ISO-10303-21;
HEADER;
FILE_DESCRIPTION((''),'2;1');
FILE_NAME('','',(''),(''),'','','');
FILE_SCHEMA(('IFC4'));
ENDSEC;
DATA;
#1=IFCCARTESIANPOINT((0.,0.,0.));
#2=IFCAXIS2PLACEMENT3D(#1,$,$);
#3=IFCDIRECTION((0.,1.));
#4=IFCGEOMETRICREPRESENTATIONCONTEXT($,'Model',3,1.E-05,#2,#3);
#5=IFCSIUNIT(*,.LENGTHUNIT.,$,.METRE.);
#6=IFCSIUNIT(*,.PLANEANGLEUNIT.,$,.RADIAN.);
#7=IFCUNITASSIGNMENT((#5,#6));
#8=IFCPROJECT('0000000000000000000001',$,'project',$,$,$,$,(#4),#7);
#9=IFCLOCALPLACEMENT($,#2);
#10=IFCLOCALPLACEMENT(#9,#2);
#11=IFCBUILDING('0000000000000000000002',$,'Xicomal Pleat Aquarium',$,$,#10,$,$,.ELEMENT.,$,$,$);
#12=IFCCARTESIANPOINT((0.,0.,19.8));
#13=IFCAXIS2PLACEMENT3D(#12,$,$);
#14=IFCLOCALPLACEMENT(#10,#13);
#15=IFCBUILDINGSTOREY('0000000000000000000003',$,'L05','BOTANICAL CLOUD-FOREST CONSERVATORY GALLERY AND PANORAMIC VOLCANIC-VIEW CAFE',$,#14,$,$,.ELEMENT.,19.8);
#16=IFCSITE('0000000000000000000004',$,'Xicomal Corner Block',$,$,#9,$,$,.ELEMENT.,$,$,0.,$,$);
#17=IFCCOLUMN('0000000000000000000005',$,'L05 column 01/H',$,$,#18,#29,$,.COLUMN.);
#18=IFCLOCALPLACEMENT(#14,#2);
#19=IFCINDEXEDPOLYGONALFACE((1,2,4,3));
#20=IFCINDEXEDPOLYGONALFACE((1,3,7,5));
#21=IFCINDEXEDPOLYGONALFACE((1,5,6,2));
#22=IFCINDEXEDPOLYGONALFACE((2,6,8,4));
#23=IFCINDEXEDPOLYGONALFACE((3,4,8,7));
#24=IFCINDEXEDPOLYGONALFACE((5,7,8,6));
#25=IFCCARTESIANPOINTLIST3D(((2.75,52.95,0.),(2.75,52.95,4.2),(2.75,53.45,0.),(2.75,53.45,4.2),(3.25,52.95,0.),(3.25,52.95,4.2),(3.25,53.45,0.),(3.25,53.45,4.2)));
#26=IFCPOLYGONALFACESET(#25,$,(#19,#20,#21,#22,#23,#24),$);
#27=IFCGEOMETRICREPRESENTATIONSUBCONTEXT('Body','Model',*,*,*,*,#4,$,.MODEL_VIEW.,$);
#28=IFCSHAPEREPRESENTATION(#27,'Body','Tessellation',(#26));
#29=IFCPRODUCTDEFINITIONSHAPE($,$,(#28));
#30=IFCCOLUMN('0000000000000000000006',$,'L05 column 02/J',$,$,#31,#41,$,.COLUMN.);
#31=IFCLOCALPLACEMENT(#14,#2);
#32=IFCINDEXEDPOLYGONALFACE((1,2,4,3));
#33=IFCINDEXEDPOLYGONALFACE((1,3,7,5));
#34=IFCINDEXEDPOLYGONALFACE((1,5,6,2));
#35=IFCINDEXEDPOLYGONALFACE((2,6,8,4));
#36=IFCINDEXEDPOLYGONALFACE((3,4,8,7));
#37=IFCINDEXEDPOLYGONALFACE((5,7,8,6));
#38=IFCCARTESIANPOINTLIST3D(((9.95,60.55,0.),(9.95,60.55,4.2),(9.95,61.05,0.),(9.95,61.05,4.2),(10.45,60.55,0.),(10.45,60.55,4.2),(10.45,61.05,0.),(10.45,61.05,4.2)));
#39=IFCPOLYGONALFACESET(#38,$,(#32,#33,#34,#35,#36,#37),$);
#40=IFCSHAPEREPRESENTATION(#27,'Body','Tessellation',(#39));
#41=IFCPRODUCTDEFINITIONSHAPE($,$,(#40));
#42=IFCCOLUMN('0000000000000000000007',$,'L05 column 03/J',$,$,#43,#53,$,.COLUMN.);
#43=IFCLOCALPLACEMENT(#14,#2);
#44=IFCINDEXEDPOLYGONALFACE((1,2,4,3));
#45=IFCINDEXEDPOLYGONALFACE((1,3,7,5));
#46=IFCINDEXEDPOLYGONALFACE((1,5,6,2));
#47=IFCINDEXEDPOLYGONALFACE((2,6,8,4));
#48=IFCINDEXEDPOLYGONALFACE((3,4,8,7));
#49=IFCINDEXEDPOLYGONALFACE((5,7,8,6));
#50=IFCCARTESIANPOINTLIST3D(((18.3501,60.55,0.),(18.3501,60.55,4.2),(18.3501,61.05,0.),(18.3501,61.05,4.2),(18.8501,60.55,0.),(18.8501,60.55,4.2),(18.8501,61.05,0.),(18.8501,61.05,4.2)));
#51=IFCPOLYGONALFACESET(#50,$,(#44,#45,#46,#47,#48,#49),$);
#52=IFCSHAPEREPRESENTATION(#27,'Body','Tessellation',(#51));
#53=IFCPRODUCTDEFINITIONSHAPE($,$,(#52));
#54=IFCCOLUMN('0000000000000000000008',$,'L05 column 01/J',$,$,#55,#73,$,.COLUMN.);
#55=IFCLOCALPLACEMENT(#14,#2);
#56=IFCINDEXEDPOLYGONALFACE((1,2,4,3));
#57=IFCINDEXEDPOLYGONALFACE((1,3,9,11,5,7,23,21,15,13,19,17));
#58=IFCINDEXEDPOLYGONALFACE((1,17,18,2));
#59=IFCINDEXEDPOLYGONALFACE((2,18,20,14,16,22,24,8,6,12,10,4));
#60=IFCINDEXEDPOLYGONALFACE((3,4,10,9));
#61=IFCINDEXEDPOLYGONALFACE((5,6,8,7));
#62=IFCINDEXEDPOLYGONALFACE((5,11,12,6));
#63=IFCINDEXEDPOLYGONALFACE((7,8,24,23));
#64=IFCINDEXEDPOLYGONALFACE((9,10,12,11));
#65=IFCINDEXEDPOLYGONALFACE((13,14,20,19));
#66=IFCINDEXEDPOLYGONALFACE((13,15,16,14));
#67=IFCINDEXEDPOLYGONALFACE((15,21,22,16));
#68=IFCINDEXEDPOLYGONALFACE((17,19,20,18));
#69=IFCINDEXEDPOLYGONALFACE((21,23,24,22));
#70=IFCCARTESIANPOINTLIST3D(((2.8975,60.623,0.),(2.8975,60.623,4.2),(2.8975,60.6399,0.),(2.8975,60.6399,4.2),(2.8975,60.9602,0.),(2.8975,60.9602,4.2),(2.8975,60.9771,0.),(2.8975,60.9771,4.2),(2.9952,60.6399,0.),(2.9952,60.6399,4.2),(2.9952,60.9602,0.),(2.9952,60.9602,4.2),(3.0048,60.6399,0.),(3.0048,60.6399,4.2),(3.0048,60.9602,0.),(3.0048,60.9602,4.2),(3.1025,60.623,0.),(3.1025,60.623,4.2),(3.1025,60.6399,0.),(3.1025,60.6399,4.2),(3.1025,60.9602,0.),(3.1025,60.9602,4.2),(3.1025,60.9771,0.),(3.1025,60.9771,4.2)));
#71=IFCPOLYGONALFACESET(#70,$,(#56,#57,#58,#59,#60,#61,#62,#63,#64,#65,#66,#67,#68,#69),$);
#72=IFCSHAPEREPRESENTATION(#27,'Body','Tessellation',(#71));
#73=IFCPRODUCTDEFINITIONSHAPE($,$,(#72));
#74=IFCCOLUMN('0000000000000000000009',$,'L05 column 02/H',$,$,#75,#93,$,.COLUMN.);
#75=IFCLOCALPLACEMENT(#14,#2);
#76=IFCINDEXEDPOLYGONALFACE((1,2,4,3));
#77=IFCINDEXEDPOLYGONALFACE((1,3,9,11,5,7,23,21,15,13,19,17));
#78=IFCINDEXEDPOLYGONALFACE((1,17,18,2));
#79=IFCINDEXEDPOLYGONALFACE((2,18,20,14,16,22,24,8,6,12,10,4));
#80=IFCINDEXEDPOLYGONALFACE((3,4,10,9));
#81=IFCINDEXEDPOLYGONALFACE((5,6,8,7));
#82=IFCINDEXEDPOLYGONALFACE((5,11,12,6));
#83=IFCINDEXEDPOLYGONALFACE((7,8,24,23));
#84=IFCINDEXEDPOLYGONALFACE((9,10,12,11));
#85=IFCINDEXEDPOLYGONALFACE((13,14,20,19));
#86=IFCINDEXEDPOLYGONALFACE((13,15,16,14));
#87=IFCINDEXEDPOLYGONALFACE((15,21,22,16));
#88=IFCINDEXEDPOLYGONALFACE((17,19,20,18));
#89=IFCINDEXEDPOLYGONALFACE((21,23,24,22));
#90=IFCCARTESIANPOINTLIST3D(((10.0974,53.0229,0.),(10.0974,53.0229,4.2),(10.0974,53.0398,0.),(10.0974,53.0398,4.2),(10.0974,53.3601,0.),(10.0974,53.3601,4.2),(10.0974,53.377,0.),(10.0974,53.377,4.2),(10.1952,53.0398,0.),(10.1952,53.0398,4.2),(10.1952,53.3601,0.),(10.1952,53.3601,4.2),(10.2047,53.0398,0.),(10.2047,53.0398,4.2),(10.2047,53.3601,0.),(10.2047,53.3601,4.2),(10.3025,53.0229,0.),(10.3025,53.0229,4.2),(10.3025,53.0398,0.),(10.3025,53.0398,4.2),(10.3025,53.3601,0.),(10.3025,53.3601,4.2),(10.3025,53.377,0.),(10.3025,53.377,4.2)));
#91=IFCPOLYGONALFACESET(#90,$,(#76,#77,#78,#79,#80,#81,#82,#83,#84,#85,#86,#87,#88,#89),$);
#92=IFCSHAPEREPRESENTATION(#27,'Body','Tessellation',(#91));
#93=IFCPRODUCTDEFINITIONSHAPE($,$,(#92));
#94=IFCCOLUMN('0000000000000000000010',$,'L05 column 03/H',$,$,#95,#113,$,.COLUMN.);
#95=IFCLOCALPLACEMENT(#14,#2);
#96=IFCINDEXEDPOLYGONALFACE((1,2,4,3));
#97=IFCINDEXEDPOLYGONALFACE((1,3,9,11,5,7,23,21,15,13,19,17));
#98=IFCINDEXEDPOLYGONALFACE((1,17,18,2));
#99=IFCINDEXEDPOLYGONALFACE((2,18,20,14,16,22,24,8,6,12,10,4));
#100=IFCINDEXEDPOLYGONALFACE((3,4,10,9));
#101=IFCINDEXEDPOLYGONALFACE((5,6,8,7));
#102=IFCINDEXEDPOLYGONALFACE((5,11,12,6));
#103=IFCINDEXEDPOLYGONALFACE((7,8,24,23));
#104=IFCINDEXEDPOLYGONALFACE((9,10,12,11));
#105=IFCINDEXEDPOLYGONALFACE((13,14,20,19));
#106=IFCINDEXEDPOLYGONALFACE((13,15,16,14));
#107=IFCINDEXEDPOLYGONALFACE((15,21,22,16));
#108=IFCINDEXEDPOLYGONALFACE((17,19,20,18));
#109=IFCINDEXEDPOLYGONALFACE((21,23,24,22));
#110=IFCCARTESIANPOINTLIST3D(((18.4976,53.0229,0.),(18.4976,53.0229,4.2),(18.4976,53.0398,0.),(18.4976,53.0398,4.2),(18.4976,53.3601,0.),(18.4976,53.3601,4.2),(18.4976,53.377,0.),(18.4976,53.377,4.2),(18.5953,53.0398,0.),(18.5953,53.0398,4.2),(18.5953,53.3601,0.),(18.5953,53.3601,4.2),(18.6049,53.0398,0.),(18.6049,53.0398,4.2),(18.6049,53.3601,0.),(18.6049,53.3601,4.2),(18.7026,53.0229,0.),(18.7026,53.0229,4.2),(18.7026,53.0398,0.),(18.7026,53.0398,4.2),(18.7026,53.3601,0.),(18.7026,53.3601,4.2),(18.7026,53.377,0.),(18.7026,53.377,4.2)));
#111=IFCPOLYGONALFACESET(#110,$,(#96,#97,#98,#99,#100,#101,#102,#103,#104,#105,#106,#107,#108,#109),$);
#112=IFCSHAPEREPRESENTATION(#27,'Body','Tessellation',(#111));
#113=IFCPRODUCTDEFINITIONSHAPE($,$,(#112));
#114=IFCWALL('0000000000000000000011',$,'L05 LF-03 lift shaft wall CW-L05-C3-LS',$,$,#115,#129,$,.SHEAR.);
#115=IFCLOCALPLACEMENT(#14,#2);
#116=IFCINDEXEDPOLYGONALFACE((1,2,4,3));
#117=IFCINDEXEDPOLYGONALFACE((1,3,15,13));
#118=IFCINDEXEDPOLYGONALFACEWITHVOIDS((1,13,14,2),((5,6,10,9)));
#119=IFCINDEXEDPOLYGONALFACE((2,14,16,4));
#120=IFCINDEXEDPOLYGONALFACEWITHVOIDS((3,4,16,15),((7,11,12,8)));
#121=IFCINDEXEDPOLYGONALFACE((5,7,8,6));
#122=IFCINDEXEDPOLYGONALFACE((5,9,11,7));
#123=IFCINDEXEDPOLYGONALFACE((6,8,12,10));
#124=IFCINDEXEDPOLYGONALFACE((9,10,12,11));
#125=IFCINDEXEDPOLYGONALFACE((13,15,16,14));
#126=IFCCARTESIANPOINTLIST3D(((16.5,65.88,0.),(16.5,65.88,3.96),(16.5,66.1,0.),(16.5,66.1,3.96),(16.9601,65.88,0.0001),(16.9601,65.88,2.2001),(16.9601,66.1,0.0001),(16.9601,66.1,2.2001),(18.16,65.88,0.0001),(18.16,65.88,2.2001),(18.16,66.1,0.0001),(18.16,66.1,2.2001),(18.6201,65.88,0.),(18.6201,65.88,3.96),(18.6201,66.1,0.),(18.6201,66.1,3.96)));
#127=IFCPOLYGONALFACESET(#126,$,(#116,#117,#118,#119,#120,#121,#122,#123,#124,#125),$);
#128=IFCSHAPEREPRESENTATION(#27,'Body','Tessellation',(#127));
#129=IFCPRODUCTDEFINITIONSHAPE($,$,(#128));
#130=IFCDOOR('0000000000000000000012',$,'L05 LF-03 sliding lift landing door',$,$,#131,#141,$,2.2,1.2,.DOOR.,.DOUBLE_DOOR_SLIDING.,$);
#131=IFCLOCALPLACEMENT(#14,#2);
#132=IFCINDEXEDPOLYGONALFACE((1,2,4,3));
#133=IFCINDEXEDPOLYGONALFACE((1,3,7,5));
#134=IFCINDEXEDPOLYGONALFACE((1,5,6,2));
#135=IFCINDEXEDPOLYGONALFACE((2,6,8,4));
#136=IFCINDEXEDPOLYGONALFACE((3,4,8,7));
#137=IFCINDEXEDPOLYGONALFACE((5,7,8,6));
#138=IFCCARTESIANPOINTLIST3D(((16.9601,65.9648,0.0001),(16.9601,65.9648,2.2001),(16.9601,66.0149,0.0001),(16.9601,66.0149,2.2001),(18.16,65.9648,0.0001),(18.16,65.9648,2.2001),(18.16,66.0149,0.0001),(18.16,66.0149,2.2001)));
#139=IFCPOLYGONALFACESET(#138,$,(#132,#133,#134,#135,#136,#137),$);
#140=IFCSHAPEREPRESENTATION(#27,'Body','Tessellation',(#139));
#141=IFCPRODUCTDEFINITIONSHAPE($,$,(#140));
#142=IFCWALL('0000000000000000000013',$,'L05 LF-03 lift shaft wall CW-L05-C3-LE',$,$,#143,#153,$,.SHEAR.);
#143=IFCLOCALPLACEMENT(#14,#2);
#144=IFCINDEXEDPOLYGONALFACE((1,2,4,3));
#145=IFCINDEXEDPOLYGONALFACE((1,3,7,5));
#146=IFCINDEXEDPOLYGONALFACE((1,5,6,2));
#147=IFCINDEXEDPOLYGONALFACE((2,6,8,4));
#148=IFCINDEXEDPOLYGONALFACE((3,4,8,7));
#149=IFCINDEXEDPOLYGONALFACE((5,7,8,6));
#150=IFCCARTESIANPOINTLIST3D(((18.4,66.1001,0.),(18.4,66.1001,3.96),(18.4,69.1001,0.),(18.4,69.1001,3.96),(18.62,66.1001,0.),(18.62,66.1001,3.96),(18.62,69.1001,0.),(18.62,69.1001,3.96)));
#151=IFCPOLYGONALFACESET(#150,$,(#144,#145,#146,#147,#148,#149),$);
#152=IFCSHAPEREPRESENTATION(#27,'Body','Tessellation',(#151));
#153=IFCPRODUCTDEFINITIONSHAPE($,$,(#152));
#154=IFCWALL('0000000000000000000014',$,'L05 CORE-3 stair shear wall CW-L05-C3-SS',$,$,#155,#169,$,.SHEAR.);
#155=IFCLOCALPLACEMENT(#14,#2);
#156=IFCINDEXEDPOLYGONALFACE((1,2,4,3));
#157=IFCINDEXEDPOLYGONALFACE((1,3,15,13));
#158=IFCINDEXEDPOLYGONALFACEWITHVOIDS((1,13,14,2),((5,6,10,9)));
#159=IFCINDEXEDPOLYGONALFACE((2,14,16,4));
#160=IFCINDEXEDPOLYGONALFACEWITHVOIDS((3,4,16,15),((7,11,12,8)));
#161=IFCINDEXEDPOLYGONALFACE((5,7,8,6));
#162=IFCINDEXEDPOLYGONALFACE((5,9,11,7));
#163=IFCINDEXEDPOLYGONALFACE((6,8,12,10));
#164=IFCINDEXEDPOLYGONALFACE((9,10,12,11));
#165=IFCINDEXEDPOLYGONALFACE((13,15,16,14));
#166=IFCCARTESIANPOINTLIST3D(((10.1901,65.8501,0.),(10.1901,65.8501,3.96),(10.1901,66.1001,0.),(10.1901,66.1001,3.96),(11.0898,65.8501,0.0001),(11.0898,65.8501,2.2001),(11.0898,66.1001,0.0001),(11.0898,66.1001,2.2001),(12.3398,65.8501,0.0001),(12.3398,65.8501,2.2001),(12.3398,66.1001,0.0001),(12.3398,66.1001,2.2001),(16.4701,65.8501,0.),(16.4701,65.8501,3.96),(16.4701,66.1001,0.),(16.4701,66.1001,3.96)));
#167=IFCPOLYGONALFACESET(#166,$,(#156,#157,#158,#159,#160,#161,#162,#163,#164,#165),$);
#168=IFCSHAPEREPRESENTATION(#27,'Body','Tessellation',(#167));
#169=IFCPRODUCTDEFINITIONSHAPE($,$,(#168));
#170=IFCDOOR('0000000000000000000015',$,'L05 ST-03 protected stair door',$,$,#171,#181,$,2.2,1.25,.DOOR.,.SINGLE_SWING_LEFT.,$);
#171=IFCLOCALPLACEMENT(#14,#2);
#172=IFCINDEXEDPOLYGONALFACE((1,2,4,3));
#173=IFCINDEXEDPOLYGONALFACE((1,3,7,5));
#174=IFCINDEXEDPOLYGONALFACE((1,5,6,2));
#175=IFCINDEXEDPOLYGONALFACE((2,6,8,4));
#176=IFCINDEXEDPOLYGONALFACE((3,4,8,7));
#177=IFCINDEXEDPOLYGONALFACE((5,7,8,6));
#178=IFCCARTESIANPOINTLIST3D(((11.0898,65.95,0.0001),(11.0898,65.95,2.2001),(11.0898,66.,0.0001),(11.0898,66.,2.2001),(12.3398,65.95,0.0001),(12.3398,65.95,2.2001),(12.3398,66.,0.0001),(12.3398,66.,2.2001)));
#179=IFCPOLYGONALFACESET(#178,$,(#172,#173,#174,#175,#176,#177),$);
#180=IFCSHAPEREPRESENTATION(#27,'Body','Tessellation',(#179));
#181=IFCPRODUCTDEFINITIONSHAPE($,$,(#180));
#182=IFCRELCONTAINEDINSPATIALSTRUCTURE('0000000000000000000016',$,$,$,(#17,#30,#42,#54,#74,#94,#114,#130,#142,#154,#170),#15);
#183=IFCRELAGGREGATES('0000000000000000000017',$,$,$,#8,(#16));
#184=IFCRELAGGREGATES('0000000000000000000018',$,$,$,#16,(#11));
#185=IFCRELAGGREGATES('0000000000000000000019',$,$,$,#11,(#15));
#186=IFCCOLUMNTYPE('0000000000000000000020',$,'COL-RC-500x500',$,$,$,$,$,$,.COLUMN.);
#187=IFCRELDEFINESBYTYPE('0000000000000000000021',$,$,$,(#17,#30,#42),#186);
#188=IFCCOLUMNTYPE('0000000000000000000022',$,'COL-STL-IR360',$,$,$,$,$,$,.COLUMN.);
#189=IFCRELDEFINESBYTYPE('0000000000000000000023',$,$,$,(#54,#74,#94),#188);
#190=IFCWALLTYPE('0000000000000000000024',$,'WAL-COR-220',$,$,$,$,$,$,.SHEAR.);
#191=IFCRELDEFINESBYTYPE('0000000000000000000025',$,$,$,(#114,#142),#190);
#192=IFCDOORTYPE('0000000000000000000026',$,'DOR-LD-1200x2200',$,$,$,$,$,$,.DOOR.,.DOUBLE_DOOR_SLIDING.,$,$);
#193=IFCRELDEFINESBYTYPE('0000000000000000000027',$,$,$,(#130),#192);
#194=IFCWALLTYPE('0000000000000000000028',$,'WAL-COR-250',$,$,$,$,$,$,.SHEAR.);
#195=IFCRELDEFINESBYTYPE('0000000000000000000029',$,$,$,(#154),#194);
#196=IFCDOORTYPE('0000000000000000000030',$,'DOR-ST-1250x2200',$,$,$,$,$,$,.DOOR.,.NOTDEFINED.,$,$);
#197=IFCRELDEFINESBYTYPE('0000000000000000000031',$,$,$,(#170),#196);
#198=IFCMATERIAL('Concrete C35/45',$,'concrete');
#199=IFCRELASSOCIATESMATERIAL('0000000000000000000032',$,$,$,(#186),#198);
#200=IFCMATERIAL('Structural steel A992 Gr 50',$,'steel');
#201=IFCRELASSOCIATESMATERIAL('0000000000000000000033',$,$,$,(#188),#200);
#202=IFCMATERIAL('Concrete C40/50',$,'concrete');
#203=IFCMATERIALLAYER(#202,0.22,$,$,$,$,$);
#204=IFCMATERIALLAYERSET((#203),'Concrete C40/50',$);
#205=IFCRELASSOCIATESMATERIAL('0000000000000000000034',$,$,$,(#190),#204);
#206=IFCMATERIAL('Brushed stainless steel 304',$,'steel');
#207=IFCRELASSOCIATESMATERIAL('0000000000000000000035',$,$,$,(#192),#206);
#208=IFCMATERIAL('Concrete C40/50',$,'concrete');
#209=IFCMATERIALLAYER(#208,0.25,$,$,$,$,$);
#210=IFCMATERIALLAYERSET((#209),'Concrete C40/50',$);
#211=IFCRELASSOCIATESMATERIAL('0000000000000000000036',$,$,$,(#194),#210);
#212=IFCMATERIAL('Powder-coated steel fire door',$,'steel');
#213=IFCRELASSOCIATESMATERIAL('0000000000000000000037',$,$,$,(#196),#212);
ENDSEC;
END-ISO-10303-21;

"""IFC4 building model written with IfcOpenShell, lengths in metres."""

from ifc_helpers import new_model, si_unit, direction, frame, frame_2d, origin, origin_2d, place, context, subcontext, project, spatial, rectangle, i_section, extrude, material, layer, layer_set, material_profile, profile_set, type_object, element, fill, save


model = new_model("IFC4")

# Units and contexts
model_context = context("Model", 3, precision=1e-05, world=origin(), true_north=direction((0.0, 1.0)))
body_context = subcontext(model_context, "Body", "Model", "MODEL_VIEW")
ifc_project = project(units=[si_unit("LENGTHUNIT", "METRE"), si_unit("PLANEANGLEUNIT", "RADIAN")], contexts=[model_context])

# Site, building, storey
site_placement = place(None, origin())
site = spatial("IfcSite", under=ifc_project, at=site_placement, Name="Xicomal Corner Block", CompositionType="ELEMENT", RefElevation=0.0)
building_placement = place(site_placement, origin())
building = spatial("IfcBuilding", under=site, at=building_placement, Name="Xicomal Pleat Aquarium", CompositionType="ELEMENT")
storey_placement = place(building_placement, frame((0.0, 0.0, 19.8)))
storey = spatial("IfcBuildingStorey", under=building, at=storey_placement, Name="L05", Description="BOTANICAL CLOUD-FOREST CONSERVATORY GALLERY AND PANORAMIC VOLCANIC-VIEW CAFE", CompositionType="ELEMENT", Elevation=19.8)

# Columns
ifc_material_1 = material(Name="Concrete C35/45", Category="concrete")
ifc_material_profile_1 = material_profile(ifc_material_1, rectangle(XDim=0.5, YDim=0.5, at=origin_2d()), Name="RC 500x500")
ifc_profile_set_1 = profile_set([ifc_material_profile_1], Name="Concrete C35/45")
column_type_1 = type_object("IfcColumnType", Name="COL-RC-500x500", PredefinedType="COLUMN", material=ifc_profile_set_1)
for number, where, z_axis, x_axis, name in (
    (1, (3.0, 53.2, 0.0), (0.0, 0.0, 1.0), (1.0, 0.0, 0.0), "L05 column 01/H"),
    (2, (10.2, 60.8, 0.0), (0.0, 0.0, 1.0), (1.0, 0.0, 0.0), "L05 column 02/J"),
    (3, (18.6001, 60.8, 0.0), (0.0, 0.0, 1.0), (1.0, 0.0, 0.0), "L05 column 03/J"),
):
    element("IfcColumn", number, at=place(storey_placement, frame(where, z_axis=z_axis, x_axis=x_axis)), inside=storey, type_object=column_type_1, Name=name, PredefinedType="COLUMN", context=body_context, shape_type="SweptSolid", body=[
        extrude(rectangle(XDim=0.5, YDim=0.5, at=origin_2d()), origin(), (0.0, 0.0, 1.0), 4.2),
    ])
ifc_material_2 = material(Name="Structural steel A992 Gr 50", Category="steel")
ifc_material_profile_2 = material_profile(ifc_material_2, i_section(OverallWidth=0.2051, OverallDepth=0.354, WebThickness=0.0095, FlangeThickness=0.0168, at=origin_2d()), Name="IR 360x79")
ifc_profile_set_2 = profile_set([ifc_material_profile_2], Name="Structural steel A992 Gr 50")
column_type_2 = type_object("IfcColumnType", Name="COL-STL-IR360", PredefinedType="COLUMN", material=ifc_profile_set_2)
for number, where, z_axis, x_axis, name in (
    (4, (3.0, 60.8, 0.0), (0.0, 0.0, 1.0), (1.0, 0.0, 0.0), "L05 column 01/J"),
    (5, (10.2, 53.2, 0.0), (0.0, 0.0, 1.0), (1.0, 0.0, 0.0), "L05 column 02/H"),
    (6, (18.6001, 53.2, 0.0), (0.0, 0.0, 1.0), (1.0, 0.0, 0.0), "L05 column 03/H"),
):
    element("IfcColumn", number, at=place(storey_placement, frame(where, z_axis=z_axis, x_axis=x_axis)), inside=storey, type_object=column_type_2, Name=name, PredefinedType="COLUMN", context=body_context, shape_type="SweptSolid", body=[
        extrude(i_section(OverallWidth=0.2051, OverallDepth=0.354, WebThickness=0.0095, FlangeThickness=0.0168, at=origin_2d()), origin(), (0.0, 0.0, 1.0), 4.2),
    ])

# Wall, opening, door
ifc_material_3 = material(Name="Concrete C40/50", Category="concrete")
ifc_layer_1 = layer(ifc_material_3, 0.22)
ifc_layer_set_1 = layer_set([ifc_layer_1], Name="Concrete C40/50")
wall_type_1 = type_object("IfcWallType", Name="WAL-COR-220", PredefinedType="SHEAR", material=ifc_layer_set_1)
wall_1_placement = place(storey_placement, frame((16.5, 65.99, 0.0), z_axis=(0.0, 0.0, 1.0), x_axis=(1.0, 0.0, 0.0)))
wall_1 = element("IfcWall", 7, at=wall_1_placement, inside=storey, type_object=wall_type_1, Name="L05 LF-03 lift shaft wall CW-L05-C3-LS", PredefinedType="SHEAR", context=body_context, shape_type="SweptSolid", body=[
    extrude(rectangle(XDim=2.1201, YDim=0.22, at=frame_2d((1.0601, 0.0))), origin(), (0.0, 0.0, 1.0), 3.96),
])
opening_1_placement = place(wall_1_placement, frame((0.46, 0.0, 0.0)))
opening_1 = element("IfcOpeningElement", 8, at=opening_1_placement, cuts=wall_1, PredefinedType="OPENING", context=body_context, shape_type="SweptSolid", body=[
    extrude(rectangle(XDim=1.2, YDim=2.2, at=frame_2d((0.6001, 1.1001))), frame((0.0, 0.1199, 0.0), z_axis=(0.0, -1.0, 0.0), x_axis=(1.0, 0.0, 0.0)), (0.0, 0.0, 1.0), 0.24),
])
ifc_material_4 = material(Name="Brushed stainless steel 304", Category="steel")
door_type_1 = type_object("IfcDoorType", Name="DOR-LD-1200x2200", OperationType="DOUBLE_DOOR_SLIDING", PredefinedType="DOOR", material=ifc_material_4)
door_1_placement = place(opening_1_placement, origin())
door_1 = element("IfcDoor", 9, at=door_1_placement, inside=storey, type_object=door_type_1, Name="L05 LF-03 sliding lift landing door", OperationType="DOUBLE_DOOR_SLIDING", OverallHeight=2.2, OverallWidth=1.2, PredefinedType="DOOR", context=body_context, shape_type="SweptSolid", body=[
    extrude(rectangle(XDim=1.2, YDim=2.2, at=frame_2d((0.6001, 1.1001))), frame((0.0, 0.0249, 0.0), z_axis=(0.0, -1.0, 0.0), x_axis=(1.0, 0.0, 0.0)), (0.0, 0.0, 1.0), 0.05),
])
fill(opening_1, door_1)

# Wall
wall_2_placement = place(storey_placement, frame((18.51, 66.1001, 0.0), z_axis=(0.0, 0.0, 1.0), x_axis=(0.0, 1.0, 0.0)))
element("IfcWall", 10, at=wall_2_placement, inside=storey, type_object=wall_type_1, Name="L05 LF-03 lift shaft wall CW-L05-C3-LE", PredefinedType="SHEAR", context=body_context, shape_type="SweptSolid", body=[
    extrude(rectangle(XDim=3.0, YDim=0.22, at=frame_2d((1.5, 0.0))), origin(), (0.0, 0.0, 1.0), 3.96),
])

# Wall, opening, door
ifc_material_5 = material(Name="Concrete C40/50", Category="concrete")
ifc_layer_2 = layer(ifc_material_5, 0.25)
ifc_layer_set_2 = layer_set([ifc_layer_2], Name="Concrete C40/50")
wall_type_2 = type_object("IfcWallType", Name="WAL-COR-250", PredefinedType="SHEAR", material=ifc_layer_set_2)
wall_3_placement = place(storey_placement, frame((10.1899, 65.9751, 0.0), z_axis=(0.0, 0.0, 1.0), x_axis=(1.0, 0.0, 0.0)))
wall_3 = element("IfcWall", 11, at=wall_3_placement, inside=storey, type_object=wall_type_2, Name="L05 CORE-3 stair shear wall CW-L05-C3-SS", PredefinedType="SHEAR", context=body_context, shape_type="SweptSolid", body=[
    extrude(rectangle(XDim=6.28, YDim=0.25, at=frame_2d((3.1401, 0.0))), origin(), (0.0, 0.0, 1.0), 3.96),
])
opening_2_placement = place(wall_3_placement, frame((0.8999, 0.0, 0.0)))
opening_2 = element("IfcOpeningElement", 12, at=opening_2_placement, cuts=wall_3, PredefinedType="OPENING", context=body_context, shape_type="SweptSolid", body=[
    extrude(rectangle(XDim=1.25, YDim=2.2, at=frame_2d((0.625, 1.1001))), frame((0.0, 0.135, 0.0), z_axis=(0.0, -1.0, 0.0), x_axis=(1.0, 0.0, 0.0)), (0.0, 0.0, 1.0), 0.27),
])
ifc_material_6 = material(Name="Powder-coated steel fire door", Category="steel")
door_type_2 = type_object("IfcDoorType", Name="DOR-ST-1250x2200", OperationType="NOTDEFINED", PredefinedType="DOOR", material=ifc_material_6)
door_2_placement = place(opening_2_placement, origin())
door_2 = element("IfcDoor", 13, at=door_2_placement, inside=storey, type_object=door_type_2, Name="L05 ST-03 protected stair door", OperationType="SINGLE_SWING_LEFT", OverallHeight=2.2, OverallWidth=1.25, PredefinedType="DOOR", context=body_context, shape_type="SweptSolid", body=[
    extrude(rectangle(XDim=1.25, YDim=2.2, at=frame_2d((0.625, 1.1001))), frame((0.0, 0.0249, 0.0), z_axis=(0.0, -1.0, 0.0), x_axis=(1.0, 0.0, 0.0)), (0.0, 0.0, 1.0), 0.05),
])
fill(opening_2, door_2)

save(model, "model.ifc")
